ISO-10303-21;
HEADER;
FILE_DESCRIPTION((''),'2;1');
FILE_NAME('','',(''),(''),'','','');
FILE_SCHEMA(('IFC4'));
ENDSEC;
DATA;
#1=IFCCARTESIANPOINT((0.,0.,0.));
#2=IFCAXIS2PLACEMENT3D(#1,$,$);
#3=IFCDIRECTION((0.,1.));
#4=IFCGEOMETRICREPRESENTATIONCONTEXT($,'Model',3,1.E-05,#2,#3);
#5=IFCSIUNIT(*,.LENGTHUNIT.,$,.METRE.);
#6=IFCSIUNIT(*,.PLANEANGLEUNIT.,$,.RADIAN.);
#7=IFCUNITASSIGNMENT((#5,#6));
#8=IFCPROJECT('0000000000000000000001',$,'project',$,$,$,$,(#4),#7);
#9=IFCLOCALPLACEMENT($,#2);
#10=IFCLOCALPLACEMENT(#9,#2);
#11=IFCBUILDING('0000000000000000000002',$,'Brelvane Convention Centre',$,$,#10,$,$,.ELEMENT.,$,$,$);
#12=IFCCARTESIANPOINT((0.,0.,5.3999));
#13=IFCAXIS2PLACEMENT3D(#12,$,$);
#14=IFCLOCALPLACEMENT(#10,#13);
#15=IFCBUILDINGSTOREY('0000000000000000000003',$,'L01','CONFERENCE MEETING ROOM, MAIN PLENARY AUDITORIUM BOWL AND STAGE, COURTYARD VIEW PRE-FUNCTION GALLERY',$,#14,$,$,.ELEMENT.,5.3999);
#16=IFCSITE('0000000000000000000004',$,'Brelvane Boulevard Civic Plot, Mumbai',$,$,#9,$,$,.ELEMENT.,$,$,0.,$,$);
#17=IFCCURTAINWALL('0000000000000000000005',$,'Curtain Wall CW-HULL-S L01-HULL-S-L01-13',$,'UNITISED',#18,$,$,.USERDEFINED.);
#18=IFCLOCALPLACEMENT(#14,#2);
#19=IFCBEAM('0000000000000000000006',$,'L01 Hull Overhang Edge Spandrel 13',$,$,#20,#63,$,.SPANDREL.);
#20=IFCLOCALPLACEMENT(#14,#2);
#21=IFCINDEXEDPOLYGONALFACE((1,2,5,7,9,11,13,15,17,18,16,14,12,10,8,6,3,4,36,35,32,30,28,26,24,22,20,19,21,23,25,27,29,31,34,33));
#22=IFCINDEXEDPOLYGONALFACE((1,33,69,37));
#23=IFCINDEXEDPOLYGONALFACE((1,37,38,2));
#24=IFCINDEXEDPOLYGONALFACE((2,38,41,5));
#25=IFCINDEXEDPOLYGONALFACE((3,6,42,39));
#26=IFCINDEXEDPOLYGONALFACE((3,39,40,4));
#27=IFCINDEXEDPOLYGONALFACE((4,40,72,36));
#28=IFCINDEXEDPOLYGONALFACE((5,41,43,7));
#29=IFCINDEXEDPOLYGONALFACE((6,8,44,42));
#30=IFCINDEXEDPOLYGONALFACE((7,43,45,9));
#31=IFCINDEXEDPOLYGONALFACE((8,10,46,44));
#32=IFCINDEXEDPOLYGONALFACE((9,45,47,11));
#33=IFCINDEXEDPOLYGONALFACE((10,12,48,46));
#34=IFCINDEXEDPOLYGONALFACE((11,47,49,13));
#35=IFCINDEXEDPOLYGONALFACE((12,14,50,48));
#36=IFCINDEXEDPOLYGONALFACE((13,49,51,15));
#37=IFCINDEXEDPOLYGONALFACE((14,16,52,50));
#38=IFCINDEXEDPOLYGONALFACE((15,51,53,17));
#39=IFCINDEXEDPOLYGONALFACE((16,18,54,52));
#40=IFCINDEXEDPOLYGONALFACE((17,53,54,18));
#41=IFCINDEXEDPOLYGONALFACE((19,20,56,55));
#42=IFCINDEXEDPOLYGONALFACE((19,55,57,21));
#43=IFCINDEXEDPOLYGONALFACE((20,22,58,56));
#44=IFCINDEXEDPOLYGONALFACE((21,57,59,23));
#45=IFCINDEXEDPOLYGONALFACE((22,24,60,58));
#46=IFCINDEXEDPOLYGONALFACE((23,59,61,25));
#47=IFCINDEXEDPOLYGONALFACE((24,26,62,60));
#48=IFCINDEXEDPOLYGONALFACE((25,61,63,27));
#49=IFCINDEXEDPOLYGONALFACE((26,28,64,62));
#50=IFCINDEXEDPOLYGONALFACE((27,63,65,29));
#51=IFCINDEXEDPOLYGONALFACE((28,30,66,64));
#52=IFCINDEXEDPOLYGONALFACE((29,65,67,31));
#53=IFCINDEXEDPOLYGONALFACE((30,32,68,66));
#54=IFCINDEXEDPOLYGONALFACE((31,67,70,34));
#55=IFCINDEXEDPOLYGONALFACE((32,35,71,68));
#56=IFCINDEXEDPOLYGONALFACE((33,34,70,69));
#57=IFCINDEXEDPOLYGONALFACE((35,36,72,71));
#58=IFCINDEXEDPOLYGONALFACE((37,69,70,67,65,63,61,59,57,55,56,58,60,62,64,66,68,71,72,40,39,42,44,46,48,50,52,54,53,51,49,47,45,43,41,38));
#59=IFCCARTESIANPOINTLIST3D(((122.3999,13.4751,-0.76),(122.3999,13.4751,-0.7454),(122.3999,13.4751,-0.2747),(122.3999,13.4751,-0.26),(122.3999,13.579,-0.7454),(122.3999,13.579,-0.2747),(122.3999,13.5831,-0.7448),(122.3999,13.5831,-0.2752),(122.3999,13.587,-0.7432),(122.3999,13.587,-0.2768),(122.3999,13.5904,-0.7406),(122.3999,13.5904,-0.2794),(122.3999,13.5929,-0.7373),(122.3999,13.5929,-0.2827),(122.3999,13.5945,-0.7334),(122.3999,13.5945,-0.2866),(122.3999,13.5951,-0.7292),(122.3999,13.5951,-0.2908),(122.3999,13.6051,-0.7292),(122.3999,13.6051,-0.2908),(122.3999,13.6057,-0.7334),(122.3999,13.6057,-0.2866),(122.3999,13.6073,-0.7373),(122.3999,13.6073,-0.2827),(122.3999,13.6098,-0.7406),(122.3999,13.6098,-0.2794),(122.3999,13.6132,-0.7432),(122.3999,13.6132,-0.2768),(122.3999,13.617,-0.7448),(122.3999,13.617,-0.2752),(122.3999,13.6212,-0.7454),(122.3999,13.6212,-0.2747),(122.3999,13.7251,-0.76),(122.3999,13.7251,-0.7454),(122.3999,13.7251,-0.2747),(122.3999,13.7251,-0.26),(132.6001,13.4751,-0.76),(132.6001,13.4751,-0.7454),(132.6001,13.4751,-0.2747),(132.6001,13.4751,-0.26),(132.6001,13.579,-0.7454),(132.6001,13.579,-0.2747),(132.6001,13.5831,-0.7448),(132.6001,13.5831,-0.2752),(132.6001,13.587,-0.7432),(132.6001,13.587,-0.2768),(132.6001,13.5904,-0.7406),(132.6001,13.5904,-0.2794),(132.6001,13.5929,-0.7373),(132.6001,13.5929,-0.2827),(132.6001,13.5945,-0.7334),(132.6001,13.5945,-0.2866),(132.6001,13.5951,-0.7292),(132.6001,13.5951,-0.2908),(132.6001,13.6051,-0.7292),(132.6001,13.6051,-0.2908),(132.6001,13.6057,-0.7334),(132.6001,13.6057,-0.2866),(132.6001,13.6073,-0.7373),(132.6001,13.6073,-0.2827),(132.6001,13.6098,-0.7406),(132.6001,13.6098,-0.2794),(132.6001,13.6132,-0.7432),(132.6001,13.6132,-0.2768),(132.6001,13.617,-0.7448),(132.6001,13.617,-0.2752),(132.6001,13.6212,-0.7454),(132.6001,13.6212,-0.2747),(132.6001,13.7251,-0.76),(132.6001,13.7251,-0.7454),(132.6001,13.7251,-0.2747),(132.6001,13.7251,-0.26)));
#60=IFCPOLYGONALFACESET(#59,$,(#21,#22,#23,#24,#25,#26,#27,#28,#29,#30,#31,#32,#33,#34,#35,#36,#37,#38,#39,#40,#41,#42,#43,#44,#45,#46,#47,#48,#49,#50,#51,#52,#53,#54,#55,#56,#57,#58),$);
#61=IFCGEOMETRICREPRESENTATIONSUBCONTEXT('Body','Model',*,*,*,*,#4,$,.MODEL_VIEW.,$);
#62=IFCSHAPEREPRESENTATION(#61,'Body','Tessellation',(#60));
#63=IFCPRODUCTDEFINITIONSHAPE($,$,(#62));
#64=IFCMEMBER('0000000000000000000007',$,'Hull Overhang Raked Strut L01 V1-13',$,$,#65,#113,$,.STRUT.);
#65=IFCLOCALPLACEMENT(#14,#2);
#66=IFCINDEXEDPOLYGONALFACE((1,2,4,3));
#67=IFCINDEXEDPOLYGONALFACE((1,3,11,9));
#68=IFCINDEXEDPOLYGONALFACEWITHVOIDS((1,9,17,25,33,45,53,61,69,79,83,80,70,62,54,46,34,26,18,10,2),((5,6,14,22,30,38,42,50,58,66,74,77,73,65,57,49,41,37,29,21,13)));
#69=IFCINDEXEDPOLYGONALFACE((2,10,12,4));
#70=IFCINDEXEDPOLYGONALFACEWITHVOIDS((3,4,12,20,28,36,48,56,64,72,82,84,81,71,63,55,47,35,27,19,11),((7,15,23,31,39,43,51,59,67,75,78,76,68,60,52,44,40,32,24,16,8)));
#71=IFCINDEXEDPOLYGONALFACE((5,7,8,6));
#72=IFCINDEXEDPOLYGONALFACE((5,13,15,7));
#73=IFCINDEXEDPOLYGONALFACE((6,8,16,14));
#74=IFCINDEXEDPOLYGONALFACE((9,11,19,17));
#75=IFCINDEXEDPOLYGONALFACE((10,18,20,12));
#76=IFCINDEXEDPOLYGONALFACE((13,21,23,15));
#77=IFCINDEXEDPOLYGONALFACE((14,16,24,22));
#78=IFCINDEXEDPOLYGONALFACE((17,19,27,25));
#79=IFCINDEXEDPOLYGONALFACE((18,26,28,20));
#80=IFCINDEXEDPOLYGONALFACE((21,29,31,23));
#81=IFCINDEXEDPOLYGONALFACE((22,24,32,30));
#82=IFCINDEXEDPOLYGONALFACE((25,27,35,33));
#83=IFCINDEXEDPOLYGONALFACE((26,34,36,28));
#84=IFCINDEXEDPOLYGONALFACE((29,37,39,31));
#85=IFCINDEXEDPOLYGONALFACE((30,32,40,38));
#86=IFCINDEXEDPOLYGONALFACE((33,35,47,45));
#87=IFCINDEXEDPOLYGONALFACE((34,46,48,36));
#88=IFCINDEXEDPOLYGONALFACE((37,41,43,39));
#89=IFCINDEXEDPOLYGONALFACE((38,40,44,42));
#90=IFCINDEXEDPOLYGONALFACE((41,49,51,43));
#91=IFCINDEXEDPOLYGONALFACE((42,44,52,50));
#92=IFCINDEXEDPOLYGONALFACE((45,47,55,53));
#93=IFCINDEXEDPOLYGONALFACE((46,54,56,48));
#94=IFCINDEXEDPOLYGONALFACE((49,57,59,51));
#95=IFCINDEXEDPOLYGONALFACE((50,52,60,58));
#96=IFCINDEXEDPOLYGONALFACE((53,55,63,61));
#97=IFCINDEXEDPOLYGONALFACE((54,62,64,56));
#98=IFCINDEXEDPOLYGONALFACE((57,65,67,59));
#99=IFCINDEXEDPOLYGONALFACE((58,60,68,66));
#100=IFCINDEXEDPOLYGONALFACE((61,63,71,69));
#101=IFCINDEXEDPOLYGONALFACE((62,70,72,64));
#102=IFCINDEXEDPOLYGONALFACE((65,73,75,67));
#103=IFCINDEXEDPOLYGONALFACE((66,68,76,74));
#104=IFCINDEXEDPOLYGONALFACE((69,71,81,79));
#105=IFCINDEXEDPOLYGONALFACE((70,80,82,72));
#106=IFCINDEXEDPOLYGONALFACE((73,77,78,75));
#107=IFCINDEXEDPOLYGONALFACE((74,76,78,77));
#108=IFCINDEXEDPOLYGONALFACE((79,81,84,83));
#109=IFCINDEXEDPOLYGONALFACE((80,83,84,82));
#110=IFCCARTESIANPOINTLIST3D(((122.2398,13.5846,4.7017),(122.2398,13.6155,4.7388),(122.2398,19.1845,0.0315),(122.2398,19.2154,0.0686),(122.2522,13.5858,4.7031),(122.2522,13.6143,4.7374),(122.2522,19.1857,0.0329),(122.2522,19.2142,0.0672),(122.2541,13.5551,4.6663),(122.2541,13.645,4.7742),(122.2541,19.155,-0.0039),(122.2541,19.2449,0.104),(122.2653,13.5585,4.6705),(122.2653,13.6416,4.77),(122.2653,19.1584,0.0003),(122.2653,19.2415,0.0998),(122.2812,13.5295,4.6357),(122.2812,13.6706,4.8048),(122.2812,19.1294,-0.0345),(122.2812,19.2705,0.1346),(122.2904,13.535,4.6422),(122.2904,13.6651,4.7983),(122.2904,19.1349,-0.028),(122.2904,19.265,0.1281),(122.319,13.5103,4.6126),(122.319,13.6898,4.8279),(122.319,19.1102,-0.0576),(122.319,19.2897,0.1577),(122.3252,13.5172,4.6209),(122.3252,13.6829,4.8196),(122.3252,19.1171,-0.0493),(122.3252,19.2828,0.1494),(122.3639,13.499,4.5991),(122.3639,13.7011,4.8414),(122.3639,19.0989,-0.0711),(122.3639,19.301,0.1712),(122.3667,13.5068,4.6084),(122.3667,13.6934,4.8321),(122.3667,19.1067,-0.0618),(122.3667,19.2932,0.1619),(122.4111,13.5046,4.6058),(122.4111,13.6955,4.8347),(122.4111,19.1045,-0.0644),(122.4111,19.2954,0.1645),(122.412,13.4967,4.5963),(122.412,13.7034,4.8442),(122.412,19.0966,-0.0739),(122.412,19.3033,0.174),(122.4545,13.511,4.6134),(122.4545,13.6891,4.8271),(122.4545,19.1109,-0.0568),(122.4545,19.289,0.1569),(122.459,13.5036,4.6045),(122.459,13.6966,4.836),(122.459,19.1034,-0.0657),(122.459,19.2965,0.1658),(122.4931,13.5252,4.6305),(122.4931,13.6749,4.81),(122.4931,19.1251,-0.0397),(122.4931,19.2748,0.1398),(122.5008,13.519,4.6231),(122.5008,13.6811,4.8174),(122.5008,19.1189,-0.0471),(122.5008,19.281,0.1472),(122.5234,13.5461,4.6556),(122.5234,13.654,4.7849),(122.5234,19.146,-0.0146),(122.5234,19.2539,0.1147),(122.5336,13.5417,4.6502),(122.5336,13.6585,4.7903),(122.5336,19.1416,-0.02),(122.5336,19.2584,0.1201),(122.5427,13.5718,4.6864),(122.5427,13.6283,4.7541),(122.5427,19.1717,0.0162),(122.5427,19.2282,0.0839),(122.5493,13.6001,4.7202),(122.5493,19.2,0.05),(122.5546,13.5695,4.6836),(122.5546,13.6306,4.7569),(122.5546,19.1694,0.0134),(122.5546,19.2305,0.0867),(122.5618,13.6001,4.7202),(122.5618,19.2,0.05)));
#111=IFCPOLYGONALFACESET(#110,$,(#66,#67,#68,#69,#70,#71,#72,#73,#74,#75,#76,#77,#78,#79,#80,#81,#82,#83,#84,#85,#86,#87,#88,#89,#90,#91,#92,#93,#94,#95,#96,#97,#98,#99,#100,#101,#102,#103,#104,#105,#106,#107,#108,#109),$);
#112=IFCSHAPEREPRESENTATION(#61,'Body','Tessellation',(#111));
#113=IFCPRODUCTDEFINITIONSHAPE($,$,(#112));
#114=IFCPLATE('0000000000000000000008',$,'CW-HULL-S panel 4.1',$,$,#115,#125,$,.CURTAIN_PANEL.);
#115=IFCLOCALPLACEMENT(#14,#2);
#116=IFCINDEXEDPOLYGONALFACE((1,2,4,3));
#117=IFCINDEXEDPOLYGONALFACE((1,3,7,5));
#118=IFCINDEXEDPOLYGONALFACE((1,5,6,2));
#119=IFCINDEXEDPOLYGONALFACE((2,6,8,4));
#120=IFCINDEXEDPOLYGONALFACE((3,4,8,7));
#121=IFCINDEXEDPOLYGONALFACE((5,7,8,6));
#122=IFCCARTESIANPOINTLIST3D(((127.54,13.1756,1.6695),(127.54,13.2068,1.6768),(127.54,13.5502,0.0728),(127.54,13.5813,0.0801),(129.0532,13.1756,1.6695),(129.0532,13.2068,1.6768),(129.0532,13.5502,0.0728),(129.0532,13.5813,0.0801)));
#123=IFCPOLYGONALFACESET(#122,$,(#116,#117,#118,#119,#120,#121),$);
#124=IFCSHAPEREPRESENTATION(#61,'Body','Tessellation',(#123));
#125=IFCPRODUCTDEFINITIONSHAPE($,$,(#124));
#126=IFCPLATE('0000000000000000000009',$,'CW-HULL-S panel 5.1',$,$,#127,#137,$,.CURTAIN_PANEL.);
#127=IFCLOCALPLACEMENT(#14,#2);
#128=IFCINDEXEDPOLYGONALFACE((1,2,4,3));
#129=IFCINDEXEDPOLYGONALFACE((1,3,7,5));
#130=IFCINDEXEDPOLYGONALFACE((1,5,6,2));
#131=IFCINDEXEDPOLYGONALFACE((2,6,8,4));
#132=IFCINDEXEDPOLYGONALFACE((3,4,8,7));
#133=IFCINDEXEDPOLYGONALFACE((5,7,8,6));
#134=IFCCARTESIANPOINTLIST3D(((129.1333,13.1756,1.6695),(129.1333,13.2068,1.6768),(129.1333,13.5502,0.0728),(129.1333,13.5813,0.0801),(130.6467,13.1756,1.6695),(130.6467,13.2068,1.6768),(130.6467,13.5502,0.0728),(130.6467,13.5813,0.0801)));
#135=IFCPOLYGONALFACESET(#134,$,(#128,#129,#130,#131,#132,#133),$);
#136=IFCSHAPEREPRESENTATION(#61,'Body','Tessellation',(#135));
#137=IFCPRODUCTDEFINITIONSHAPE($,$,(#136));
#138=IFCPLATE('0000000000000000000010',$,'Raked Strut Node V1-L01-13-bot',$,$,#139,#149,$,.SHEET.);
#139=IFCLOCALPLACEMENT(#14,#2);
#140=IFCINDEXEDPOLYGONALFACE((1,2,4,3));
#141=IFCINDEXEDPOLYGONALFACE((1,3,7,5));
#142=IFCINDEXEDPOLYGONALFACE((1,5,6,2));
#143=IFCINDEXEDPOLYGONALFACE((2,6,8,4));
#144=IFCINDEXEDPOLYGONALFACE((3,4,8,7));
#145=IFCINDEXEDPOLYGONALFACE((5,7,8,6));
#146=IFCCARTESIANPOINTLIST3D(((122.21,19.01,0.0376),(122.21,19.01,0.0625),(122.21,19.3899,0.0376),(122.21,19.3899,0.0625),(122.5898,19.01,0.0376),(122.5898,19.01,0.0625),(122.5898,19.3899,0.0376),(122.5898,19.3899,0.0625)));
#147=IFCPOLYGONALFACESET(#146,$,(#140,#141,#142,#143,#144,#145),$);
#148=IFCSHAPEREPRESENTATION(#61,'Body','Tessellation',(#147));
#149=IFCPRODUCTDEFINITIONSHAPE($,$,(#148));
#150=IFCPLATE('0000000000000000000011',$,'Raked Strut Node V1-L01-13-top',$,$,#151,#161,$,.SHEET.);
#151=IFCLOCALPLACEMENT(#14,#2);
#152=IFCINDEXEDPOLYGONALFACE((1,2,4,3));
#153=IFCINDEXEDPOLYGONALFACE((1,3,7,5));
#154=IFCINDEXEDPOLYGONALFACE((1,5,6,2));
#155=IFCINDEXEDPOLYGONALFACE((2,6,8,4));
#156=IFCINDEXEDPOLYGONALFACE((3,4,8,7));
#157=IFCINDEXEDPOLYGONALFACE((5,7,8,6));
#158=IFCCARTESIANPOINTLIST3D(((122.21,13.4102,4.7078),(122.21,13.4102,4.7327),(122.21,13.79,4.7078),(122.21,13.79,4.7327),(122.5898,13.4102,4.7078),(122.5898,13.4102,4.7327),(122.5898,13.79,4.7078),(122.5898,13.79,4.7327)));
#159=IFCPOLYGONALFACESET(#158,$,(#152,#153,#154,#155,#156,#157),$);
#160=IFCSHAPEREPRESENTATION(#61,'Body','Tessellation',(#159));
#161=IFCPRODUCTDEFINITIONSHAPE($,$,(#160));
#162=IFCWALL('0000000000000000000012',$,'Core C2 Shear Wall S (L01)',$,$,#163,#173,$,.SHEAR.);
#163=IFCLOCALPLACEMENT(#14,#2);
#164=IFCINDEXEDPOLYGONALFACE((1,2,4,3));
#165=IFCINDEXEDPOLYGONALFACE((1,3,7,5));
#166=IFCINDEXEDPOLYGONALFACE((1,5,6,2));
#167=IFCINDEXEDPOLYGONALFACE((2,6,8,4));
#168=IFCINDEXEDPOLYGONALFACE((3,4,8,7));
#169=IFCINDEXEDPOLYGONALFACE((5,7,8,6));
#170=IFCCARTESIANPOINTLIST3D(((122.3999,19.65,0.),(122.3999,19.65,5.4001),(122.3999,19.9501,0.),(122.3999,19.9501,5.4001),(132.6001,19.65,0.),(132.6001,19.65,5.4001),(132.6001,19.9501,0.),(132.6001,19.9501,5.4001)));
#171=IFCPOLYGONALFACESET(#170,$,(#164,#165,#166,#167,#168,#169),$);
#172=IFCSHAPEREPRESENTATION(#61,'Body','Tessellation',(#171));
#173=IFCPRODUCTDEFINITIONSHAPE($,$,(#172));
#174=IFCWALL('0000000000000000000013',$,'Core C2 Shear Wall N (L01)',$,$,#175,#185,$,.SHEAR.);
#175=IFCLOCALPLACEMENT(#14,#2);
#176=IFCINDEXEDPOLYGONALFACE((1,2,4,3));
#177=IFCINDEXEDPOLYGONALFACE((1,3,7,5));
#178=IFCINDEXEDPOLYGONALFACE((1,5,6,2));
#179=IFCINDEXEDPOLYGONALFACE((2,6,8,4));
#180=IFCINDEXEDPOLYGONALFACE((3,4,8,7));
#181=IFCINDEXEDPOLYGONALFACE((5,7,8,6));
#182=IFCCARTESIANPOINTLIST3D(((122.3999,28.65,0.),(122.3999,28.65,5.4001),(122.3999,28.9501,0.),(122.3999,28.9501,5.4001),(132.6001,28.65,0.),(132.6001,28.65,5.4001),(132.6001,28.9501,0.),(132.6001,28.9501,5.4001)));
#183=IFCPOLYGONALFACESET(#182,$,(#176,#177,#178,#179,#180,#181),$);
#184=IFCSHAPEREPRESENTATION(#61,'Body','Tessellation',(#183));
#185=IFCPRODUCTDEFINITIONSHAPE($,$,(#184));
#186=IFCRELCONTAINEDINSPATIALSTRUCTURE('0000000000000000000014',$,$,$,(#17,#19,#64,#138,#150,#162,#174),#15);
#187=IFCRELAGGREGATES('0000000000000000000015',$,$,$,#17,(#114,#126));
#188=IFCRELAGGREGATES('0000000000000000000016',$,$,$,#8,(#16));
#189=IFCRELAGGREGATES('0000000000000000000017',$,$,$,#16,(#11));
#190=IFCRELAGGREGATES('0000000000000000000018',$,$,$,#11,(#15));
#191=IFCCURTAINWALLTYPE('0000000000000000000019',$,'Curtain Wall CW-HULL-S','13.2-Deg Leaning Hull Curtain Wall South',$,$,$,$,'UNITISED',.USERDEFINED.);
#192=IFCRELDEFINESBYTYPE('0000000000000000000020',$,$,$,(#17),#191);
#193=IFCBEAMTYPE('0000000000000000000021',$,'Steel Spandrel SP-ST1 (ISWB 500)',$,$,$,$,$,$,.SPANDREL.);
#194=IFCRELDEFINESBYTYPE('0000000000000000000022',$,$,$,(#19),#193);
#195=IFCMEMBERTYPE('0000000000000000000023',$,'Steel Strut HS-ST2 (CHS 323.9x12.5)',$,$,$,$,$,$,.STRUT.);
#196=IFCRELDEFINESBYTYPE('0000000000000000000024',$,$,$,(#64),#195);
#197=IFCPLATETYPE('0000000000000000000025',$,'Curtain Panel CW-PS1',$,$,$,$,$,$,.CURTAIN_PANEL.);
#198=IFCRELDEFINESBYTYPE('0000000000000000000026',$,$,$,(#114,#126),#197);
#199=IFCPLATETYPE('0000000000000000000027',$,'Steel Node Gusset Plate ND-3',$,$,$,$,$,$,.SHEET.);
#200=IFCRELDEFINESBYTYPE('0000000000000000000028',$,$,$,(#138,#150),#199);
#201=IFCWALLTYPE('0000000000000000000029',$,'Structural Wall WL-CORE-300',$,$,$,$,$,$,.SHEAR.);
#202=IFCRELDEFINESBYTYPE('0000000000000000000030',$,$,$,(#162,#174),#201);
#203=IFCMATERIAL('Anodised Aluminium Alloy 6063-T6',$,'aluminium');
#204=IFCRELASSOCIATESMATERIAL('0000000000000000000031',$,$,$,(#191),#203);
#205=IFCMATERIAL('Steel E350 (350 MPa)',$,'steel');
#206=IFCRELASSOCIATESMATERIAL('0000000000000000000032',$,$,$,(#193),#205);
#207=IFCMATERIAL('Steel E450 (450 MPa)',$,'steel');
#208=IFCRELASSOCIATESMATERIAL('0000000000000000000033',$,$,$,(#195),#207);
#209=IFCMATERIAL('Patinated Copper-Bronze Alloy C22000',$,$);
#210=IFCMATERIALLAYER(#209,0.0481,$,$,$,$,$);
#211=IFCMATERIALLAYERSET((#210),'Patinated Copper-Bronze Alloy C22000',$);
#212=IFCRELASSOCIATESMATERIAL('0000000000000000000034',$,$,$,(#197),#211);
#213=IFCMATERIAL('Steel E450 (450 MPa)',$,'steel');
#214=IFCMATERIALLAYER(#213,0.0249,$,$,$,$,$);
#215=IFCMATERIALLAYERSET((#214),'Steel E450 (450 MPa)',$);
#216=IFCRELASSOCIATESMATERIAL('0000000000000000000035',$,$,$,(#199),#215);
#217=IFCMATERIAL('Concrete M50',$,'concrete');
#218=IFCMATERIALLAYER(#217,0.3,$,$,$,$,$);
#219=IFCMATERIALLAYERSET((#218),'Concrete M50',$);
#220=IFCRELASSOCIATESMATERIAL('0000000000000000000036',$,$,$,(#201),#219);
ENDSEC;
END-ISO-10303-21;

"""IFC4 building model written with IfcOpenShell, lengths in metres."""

from ifc_helpers import new_model, si_unit, direction, frame, frame_2d, origin, origin_2d, place, context, subcontext, project, spatial, polyline, rectangle, hollow_circle, i_section, outline, extrude, material, layer, layer_set, material_profile, profile_set, type_object, element, aggregate, save


model = new_model("IFC4")

# Units and contexts
model_context = context("Model", 3, precision=1e-05, world=origin(), true_north=direction((0.0, 1.0)))
body_context = subcontext(model_context, "Body", "Model", "MODEL_VIEW")
ifc_project = project(units=[si_unit("LENGTHUNIT", "METRE"), si_unit("PLANEANGLEUNIT", "RADIAN")], contexts=[model_context])

# Site, building, storey
site_placement = place(None, origin())
site = spatial("IfcSite", under=ifc_project, at=site_placement, Name="Brelvane Boulevard Civic Plot, Mumbai", CompositionType="ELEMENT", RefElevation=0.0)
building_placement = place(site_placement, origin())
building = spatial("IfcBuilding", under=site, at=building_placement, Name="Brelvane Convention Centre", CompositionType="ELEMENT")
storey_placement = place(building_placement, frame((0.0, 0.0, 5.3999)))
storey = spatial("IfcBuildingStorey", under=building, at=storey_placement, Name="L01", Description="CONFERENCE MEETING ROOM, MAIN PLENARY AUDITORIUM BOWL AND STAGE, COURTYARD VIEW PRE-FUNCTION GALLERY", CompositionType="ELEMENT", Elevation=5.3999)

# Shared definitions
ifc_material_1 = material(Name="Anodised Aluminium Alloy 6063-T6", Category="aluminium")
curtain_wall_type = type_object("IfcCurtainWallType", Name="Curtain Wall CW-HULL-S", Description="13.2-Deg Leaning Hull Curtain Wall South", ElementType="UNITISED", PredefinedType="USERDEFINED", material=ifc_material_1)

# Curtain wall
curtain_wall_1_placement = place(storey_placement, origin())
curtain_wall_1 = element("IfcCurtainWall", 1, at=curtain_wall_1_placement, inside=storey, type_object=curtain_wall_type, Name="Curtain Wall CW-HULL-S L01-HULL-S-L01-13", ObjectType="UNITISED", PredefinedType="USERDEFINED")

# Beam
ifc_material_2 = material(Name="Steel E350 (350 MPa)", Category="steel")
ifc_material_profile_1 = material_profile(ifc_material_2, i_section(OverallWidth=0.25, OverallDepth=0.5, WebThickness=0.01, FlangeThickness=0.0146, FilletRadius=0.0161, at=origin_2d()), Name="ISWB 500")
ifc_profile_set_1 = profile_set([ifc_material_profile_1], Name="Steel E350 (350 MPa)")
beam_type_1 = type_object("IfcBeamType", Name="Steel Spandrel SP-ST1 (ISWB 500)", PredefinedType="SPANDREL", material=ifc_profile_set_1)
beam_1_placement = place(storey_placement, frame((122.3999, 13.6001, -0.51), z_axis=(1.0, 0.0, 0.0), x_axis=(0.0, 1.0, 0.0)))
element("IfcBeam", 2, at=beam_1_placement, inside=storey, type_object=beam_type_1, Name="L01 Hull Overhang Edge Spandrel 13", PredefinedType="SPANDREL", context=body_context, shape_type="SweptSolid", body=[
    extrude(i_section(OverallWidth=0.25, OverallDepth=0.5, WebThickness=0.01, FlangeThickness=0.0146, FilletRadius=0.0161, at=origin_2d()), origin(), (0.0, 0.0, 1.0), 10.2002),
])

# Member
ifc_material_3 = material(Name="Steel E450 (450 MPa)", Category="steel")
ifc_material_profile_2 = material_profile(ifc_material_3, hollow_circle(Radius=0.1619, WallThickness=0.0125, at=origin_2d()), Name="CHS 323.9x12.5")
ifc_profile_set_2 = profile_set([ifc_material_profile_2], Name="Steel E450 (450 MPa)")
member_type_1 = type_object("IfcMemberType", Name="Steel Strut HS-ST2 (CHS 323.9x12.5)", PredefinedType="STRUT", material=ifc_profile_set_2)
member_1_placement = place(storey_placement, frame((122.3999, 19.2, 0.05), z_axis=(0.0, -0.767977, 0.640477), x_axis=(1.0, 0.0, 0.0)))
element("IfcMember", 3, at=member_1_placement, inside=storey, type_object=member_type_1, Name="Hull Overhang Raked Strut L01 V1-13", PredefinedType="STRUT", context=body_context, shape_type="SweptSolid", body=[
    extrude(hollow_circle(Radius=0.1619, WallThickness=0.0125, at=origin_2d()), origin(), (0.0, 0.0, 1.0), 7.2917),
])

# Plates
ifc_material_4 = material(Name="Patinated Copper-Bronze Alloy C22000")
ifc_layer_1 = layer(ifc_material_4, 0.0481)
ifc_layer_set_1 = layer_set([ifc_layer_1], Name="Patinated Copper-Bronze Alloy C22000")
plate_type_1 = type_object("IfcPlateType", Name="Curtain Panel CW-PS1", PredefinedType="CURTAIN_PANEL", material=ifc_layer_set_1)
plate_1_placement = place(storey_placement, frame((127.54, 13.5813, 0.0801), z_axis=(0.0, 0.973577, 0.228359), x_axis=(1.0, 0.0, 0.0)))
plate_1 = element("IfcPlate", 4, at=plate_1_placement, type_object=plate_type_1, Name="CW-HULL-S panel 4.1", PredefinedType="CURTAIN_PANEL", context=body_context, shape_type="SweptSolid", body=[
    extrude(outline(polyline([(0.0, 0.0), (1.5132, 0.0), (1.5132, -1.64), (0.0, -1.64), (0.0, 0.0)])), origin(), (0.0, 0.0, -1.0), 0.032),
])
plate_2_placement = place(storey_placement, frame((129.1333, 13.5813, 0.0801), z_axis=(0.0, 0.973577, 0.228359), x_axis=(1.0, 0.0, 0.0)))
plate_2 = element("IfcPlate", 5, at=plate_2_placement, type_object=plate_type_1, Name="CW-HULL-S panel 5.1", PredefinedType="CURTAIN_PANEL", context=body_context, shape_type="SweptSolid", body=[
    extrude(outline(polyline([(0.0, 0.0), (1.5134, 0.0), (1.5134, -1.64), (0.0, -1.64), (0.0, 0.0)])), origin(), (0.0, 0.0, -1.0), 0.032),
])
aggregate(curtain_wall_1, [plate_1, plate_2])

# Plates
ifc_material_5 = material(Name="Steel E450 (450 MPa)", Category="steel")
ifc_layer_2 = layer(ifc_material_5, 0.0249)
ifc_layer_set_2 = layer_set([ifc_layer_2], Name="Steel E450 (450 MPa)")
plate_type_2 = type_object("IfcPlateType", Name="Steel Node Gusset Plate ND-3", PredefinedType="SHEET", material=ifc_layer_set_2)
for number, where, z_axis, x_axis, name in (
    (6, (122.3999, 19.2, 0.0376), (0.0, 0.0, 1.0), (1.0, 0.0, 0.0), "Raked Strut Node V1-L01-13-bot"),
    (7, (122.3999, 13.6001, 4.7078), (0.0, 0.0, 1.0), (1.0, 0.0, 0.0), "Raked Strut Node V1-L01-13-top"),
):
    element("IfcPlate", number, at=place(storey_placement, frame(where, z_axis=z_axis, x_axis=x_axis)), inside=storey, type_object=plate_type_2, Name=name, PredefinedType="SHEET", context=body_context, shape_type="SweptSolid", body=[
        extrude(rectangle(XDim=0.3799, YDim=0.3799, at=origin_2d()), origin(), (0.0, 0.0, 1.0), 0.0249),
    ])

# Walls
ifc_material_6 = material(Name="Concrete M50", Category="concrete")
ifc_layer_3 = layer(ifc_material_6, 0.3)
ifc_layer_set_3 = layer_set([ifc_layer_3], Name="Concrete M50")
wall_type = type_object("IfcWallType", Name="Structural Wall WL-CORE-300", PredefinedType="SHEAR", material=ifc_layer_set_3)
for number, where, z_axis, x_axis, name in (
    (8, (122.3999, 19.8, 0.0), (0.0, 0.0, 1.0), (1.0, 0.0, 0.0), "Core C2 Shear Wall S (L01)"),
    (9, (122.3999, 28.8, 0.0), (0.0, 0.0, 1.0), (1.0, 0.0, 0.0), "Core C2 Shear Wall N (L01)"),
):
    element("IfcWall", number, at=place(storey_placement, frame(where, z_axis=z_axis, x_axis=x_axis)), inside=storey, type_object=wall_type, Name=name, PredefinedType="SHEAR", context=body_context, shape_type="SweptSolid", body=[
        extrude(rectangle(XDim=10.2002, YDim=0.3, at=frame_2d((5.1001, 0.0))), origin(), (0.0, 0.0, 1.0), 5.4001),
    ])

save(model, "model.ifc")
